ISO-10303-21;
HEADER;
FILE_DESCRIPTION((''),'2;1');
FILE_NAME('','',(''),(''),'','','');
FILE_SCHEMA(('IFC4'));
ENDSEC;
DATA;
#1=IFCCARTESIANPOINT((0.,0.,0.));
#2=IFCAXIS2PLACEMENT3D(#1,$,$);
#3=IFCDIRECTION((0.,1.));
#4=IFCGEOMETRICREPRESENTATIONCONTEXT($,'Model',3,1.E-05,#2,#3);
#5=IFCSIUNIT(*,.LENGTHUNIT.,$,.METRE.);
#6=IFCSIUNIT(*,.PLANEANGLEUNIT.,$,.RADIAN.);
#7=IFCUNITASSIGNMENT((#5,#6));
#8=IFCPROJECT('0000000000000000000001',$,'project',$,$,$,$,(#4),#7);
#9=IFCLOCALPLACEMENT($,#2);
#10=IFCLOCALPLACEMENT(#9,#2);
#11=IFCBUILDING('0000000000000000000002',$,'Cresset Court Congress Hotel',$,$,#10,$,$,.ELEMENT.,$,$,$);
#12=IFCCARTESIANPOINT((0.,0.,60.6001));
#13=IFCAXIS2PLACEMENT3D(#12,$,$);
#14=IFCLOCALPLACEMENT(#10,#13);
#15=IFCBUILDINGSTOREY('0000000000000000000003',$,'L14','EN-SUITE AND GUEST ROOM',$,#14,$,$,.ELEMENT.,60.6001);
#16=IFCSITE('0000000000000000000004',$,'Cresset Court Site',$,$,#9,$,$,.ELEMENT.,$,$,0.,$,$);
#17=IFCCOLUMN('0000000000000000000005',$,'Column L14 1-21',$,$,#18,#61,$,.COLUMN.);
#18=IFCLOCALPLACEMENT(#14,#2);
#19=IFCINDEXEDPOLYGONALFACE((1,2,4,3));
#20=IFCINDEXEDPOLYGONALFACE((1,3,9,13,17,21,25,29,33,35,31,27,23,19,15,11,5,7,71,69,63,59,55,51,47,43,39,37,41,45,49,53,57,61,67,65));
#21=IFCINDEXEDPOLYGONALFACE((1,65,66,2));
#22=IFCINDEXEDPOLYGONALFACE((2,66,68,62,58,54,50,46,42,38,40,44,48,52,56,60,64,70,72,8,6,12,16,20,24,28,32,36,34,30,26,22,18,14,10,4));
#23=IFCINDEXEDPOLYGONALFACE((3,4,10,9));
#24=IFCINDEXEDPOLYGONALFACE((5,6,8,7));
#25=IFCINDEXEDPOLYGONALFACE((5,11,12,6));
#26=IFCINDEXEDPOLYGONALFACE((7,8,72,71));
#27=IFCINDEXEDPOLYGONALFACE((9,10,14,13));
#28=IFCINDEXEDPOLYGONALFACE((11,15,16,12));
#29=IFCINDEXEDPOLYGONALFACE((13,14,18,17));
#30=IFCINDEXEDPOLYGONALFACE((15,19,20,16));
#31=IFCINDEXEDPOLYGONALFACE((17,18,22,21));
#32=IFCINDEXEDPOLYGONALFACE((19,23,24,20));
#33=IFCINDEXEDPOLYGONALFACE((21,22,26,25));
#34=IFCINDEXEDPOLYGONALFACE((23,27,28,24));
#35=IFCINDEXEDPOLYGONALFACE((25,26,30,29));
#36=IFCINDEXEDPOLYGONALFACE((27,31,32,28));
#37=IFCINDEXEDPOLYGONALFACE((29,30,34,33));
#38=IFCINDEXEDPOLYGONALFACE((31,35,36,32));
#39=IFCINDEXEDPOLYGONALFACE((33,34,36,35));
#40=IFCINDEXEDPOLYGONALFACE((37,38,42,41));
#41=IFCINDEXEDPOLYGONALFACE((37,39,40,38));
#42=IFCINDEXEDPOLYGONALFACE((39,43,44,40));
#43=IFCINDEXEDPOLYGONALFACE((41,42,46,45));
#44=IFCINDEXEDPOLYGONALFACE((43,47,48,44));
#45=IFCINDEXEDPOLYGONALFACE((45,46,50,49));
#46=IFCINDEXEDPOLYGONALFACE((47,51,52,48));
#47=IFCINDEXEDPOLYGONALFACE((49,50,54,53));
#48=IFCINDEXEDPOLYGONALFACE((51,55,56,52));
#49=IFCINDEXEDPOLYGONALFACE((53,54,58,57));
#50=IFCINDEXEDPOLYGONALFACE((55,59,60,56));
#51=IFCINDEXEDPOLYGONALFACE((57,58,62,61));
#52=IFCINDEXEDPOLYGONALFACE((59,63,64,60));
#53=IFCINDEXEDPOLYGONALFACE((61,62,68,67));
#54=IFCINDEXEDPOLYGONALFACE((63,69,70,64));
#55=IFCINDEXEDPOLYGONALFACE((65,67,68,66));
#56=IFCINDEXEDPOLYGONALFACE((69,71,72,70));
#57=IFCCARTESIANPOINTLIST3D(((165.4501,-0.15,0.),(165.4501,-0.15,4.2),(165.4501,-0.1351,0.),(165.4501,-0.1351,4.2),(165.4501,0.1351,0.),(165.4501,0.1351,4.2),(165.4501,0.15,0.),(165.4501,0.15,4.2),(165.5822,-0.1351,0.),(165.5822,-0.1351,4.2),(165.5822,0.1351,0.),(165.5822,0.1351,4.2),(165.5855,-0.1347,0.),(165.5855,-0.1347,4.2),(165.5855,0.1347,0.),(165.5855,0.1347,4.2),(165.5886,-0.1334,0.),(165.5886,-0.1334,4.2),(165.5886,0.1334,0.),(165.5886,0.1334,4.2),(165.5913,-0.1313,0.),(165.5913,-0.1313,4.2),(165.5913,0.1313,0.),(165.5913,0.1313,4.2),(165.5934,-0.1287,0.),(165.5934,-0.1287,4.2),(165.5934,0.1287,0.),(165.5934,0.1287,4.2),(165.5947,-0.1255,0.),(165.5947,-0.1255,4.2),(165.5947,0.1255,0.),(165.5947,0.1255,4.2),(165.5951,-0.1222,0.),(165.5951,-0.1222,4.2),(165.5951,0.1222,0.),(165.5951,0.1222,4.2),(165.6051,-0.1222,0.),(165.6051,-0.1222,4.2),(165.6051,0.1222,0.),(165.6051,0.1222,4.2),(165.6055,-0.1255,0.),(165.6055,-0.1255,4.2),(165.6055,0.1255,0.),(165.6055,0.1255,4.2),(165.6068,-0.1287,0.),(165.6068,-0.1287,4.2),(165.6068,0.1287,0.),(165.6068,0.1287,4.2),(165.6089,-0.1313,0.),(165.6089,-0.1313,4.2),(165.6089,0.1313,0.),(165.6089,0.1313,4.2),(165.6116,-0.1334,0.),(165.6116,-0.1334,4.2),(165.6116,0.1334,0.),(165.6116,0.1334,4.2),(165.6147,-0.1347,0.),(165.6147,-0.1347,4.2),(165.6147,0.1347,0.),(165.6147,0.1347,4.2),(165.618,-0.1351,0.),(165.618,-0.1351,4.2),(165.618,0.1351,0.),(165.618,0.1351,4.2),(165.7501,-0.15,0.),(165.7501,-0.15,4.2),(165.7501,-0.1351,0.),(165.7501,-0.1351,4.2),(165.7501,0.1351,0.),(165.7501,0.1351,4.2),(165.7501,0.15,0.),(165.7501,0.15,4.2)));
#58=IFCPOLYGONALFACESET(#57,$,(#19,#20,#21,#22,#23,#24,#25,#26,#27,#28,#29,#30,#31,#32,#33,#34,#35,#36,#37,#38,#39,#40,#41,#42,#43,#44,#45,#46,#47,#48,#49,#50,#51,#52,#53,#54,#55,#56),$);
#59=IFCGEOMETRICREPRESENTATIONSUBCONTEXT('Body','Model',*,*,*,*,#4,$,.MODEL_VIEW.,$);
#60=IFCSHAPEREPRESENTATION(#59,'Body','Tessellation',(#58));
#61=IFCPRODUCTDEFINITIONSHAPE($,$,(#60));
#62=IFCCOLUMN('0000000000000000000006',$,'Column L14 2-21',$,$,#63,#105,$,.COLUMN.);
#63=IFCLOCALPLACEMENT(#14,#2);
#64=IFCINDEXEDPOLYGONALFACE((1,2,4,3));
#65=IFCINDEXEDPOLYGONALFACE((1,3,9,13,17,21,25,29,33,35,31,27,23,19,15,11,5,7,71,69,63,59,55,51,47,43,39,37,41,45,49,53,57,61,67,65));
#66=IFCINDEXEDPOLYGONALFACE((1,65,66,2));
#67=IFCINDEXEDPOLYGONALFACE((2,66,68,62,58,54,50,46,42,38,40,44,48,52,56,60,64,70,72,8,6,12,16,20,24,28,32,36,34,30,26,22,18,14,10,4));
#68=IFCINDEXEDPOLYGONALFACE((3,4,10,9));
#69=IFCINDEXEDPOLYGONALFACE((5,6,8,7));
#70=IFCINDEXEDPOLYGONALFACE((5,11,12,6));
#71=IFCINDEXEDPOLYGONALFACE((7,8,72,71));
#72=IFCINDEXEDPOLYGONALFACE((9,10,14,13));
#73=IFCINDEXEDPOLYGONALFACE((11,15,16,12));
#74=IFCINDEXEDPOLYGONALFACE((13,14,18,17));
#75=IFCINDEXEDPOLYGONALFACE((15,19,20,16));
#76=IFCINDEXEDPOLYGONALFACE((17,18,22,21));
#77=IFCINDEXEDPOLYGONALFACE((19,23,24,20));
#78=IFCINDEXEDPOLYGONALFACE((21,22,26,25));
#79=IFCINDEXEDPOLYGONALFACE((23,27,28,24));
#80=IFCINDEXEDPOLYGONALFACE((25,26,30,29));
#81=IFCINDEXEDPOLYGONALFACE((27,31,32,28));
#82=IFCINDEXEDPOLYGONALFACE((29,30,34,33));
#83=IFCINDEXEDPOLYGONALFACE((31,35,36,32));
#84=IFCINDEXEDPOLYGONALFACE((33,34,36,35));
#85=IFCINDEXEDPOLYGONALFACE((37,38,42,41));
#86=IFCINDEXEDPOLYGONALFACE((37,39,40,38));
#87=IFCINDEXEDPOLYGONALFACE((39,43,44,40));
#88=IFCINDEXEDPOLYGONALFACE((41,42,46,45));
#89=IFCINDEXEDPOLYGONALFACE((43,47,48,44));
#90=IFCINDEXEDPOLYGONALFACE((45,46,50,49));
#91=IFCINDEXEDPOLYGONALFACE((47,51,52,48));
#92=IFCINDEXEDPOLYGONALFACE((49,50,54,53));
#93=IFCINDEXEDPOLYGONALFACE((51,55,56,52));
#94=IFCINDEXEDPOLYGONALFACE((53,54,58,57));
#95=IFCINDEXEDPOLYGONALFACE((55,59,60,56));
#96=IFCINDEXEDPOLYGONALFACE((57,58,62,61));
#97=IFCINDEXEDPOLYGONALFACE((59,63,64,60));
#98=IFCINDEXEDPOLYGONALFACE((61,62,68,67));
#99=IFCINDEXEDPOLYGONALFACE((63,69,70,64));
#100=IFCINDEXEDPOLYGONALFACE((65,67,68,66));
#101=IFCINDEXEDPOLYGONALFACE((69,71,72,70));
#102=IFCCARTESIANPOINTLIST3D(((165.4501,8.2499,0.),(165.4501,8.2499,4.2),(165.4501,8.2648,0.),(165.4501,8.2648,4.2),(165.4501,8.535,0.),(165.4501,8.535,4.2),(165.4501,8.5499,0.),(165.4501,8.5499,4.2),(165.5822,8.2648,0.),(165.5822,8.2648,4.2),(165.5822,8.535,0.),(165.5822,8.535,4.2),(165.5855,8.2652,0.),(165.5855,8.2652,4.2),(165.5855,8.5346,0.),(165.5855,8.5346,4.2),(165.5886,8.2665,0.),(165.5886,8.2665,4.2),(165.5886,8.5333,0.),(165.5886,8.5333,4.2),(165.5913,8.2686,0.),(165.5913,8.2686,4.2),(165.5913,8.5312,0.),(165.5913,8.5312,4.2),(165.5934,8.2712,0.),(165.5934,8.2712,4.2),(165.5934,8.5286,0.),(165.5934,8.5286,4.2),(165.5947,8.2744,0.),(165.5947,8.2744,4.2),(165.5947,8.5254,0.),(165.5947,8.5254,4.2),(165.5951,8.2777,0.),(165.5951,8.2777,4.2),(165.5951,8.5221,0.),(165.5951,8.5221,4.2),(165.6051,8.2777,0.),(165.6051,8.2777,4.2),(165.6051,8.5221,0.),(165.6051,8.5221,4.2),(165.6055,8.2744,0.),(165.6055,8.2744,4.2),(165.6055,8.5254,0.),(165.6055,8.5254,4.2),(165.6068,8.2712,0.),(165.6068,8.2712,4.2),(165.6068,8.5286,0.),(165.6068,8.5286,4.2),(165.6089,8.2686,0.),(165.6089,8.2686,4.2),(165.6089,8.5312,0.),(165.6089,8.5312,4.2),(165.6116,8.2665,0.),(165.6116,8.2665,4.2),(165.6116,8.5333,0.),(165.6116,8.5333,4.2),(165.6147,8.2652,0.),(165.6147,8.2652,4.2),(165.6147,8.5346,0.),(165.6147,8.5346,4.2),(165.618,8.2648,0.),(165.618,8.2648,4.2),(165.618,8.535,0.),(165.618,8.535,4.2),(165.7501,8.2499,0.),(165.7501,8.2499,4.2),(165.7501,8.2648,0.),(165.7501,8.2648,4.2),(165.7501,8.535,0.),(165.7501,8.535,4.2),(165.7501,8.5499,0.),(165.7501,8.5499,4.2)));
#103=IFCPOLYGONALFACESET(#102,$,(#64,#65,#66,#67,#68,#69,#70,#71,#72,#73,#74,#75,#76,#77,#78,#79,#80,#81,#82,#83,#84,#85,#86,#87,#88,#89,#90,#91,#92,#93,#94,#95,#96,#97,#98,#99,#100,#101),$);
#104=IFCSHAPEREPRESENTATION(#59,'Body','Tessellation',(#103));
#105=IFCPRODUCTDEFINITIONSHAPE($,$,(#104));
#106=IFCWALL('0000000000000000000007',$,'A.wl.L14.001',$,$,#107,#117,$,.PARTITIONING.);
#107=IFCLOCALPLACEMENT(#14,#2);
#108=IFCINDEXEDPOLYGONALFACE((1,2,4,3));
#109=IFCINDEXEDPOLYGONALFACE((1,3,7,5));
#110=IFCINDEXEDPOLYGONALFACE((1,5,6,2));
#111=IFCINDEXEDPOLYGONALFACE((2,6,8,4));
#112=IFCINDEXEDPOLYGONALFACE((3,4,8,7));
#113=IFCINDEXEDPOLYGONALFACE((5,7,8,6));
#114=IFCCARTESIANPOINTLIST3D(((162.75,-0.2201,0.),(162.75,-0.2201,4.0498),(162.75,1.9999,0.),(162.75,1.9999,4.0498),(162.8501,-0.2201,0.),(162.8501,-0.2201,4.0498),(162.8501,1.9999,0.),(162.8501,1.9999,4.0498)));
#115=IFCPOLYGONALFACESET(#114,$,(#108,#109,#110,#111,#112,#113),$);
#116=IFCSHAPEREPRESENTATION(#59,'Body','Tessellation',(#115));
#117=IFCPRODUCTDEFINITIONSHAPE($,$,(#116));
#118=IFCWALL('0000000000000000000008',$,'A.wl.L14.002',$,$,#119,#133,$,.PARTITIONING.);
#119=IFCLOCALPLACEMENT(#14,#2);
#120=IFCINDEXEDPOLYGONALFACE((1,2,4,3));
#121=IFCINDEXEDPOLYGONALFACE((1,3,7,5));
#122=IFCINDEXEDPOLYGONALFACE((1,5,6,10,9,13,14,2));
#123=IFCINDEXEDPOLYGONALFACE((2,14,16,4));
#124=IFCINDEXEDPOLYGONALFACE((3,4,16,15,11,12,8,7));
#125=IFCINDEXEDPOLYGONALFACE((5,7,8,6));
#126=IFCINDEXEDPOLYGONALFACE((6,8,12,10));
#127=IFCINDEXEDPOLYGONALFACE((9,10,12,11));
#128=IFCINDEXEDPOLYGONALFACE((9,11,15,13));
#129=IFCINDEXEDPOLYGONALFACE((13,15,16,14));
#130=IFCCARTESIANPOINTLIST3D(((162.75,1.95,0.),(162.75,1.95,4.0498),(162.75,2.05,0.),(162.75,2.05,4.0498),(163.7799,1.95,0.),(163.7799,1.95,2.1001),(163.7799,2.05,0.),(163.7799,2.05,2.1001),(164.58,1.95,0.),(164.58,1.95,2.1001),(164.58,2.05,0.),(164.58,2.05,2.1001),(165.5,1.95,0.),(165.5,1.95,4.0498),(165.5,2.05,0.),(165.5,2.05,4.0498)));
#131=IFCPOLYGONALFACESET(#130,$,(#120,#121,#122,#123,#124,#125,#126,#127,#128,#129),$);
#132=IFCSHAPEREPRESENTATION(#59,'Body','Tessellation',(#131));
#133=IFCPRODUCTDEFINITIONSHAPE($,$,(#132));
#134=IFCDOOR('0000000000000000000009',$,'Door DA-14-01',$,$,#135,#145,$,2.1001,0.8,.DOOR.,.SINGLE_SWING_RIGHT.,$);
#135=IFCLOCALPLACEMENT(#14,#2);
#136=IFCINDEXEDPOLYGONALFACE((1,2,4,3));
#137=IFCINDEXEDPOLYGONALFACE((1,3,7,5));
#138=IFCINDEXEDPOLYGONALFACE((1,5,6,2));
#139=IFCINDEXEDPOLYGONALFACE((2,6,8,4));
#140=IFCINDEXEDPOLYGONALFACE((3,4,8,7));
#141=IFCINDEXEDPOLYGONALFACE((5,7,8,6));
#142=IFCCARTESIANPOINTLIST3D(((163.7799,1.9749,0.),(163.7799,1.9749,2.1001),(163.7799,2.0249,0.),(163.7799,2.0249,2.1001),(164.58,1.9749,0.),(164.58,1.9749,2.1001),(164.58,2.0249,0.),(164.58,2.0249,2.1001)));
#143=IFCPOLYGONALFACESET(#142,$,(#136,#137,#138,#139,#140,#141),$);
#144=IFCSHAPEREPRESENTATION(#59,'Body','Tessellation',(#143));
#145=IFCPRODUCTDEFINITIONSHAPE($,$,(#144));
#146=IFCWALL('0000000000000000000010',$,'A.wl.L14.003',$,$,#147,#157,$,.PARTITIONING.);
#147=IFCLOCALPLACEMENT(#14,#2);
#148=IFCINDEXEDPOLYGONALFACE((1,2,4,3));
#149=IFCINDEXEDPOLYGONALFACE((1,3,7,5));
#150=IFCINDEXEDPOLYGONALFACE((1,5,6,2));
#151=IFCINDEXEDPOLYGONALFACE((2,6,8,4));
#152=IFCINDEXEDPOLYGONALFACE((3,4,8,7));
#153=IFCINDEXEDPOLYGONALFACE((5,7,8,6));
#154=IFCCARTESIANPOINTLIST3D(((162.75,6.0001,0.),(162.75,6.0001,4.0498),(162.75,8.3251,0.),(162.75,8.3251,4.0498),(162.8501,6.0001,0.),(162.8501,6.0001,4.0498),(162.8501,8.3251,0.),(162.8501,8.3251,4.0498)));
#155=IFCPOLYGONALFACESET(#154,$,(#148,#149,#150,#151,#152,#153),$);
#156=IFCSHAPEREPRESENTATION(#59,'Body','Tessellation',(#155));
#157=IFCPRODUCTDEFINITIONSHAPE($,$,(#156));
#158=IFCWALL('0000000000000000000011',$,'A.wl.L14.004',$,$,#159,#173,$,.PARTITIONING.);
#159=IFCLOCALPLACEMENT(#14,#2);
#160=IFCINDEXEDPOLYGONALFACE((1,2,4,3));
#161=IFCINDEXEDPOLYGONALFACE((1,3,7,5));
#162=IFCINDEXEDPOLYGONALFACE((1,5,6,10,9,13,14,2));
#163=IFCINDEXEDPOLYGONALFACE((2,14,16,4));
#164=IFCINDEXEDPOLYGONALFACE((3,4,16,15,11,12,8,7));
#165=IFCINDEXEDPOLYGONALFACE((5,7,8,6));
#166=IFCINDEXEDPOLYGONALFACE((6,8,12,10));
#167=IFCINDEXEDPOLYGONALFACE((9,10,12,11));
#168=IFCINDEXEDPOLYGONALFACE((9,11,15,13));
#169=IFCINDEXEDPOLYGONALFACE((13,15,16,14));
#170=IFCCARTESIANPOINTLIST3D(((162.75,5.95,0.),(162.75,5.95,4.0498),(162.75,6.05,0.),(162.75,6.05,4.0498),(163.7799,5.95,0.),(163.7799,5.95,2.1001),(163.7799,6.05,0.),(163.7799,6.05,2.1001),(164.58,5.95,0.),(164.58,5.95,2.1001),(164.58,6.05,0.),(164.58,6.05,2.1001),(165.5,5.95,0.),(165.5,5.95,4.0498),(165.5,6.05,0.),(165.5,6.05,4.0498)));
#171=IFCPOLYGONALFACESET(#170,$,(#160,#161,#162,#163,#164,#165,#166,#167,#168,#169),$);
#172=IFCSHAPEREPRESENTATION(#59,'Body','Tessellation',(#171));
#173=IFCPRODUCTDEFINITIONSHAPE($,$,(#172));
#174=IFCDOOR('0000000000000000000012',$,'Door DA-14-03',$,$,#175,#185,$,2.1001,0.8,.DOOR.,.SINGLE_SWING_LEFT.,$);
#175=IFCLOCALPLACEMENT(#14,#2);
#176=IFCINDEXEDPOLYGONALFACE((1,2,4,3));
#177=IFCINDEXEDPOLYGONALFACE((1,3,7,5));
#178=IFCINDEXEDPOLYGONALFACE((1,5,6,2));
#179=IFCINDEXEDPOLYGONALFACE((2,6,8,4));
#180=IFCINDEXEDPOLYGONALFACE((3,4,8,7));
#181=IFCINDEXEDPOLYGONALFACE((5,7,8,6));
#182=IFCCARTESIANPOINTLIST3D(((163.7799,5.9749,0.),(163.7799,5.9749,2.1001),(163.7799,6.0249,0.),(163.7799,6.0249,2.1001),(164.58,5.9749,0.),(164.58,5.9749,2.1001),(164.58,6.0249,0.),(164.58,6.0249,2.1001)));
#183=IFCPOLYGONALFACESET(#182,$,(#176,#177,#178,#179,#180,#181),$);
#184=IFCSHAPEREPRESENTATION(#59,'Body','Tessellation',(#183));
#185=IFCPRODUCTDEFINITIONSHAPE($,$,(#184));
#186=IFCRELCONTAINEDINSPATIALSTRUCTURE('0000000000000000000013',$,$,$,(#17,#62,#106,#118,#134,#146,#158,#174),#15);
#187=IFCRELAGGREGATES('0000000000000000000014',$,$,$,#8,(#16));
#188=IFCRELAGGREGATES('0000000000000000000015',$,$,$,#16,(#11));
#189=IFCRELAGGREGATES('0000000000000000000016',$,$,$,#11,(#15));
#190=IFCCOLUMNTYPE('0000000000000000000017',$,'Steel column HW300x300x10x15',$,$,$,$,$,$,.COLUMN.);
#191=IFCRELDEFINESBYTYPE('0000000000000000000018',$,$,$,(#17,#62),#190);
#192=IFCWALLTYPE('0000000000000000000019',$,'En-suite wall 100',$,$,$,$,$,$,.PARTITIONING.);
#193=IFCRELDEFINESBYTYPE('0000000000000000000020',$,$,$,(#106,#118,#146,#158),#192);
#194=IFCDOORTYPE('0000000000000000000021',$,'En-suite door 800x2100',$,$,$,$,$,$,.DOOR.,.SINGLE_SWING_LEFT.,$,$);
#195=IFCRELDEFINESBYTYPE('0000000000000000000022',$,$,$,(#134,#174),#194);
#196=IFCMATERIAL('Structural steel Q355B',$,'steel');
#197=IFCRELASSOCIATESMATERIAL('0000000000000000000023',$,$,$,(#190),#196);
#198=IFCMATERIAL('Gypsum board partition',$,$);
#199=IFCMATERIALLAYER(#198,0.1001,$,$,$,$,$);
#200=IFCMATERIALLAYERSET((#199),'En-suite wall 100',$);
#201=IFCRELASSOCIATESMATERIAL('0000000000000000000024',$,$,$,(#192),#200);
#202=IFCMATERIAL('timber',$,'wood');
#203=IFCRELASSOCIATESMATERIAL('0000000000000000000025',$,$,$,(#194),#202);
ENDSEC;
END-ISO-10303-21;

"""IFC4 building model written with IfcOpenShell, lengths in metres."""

from ifc_helpers import new_model, si_unit, direction, frame, frame_2d, origin, origin_2d, place, context, subcontext, project, spatial, rectangle, i_section, extrude, material, layer, layer_set, material_profile, profile_set, type_object, element, fill, save


model = new_model("IFC4")

# Units and contexts
model_context = context("Model", 3, precision=1e-05, world=origin(), true_north=direction((0.0, 1.0)))
body_context = subcontext(model_context, "Body", "Model", "MODEL_VIEW")
ifc_project = project(units=[si_unit("LENGTHUNIT", "METRE"), si_unit("PLANEANGLEUNIT", "RADIAN")], contexts=[model_context])

# Site, building, storey
site_placement = place(None, origin())
site = spatial("IfcSite", under=ifc_project, at=site_placement, Name="Cresset Court Site", CompositionType="ELEMENT", RefElevation=0.0)
building_placement = place(site_placement, origin())
building = spatial("IfcBuilding", under=site, at=building_placement, Name="Cresset Court Congress Hotel", CompositionType="ELEMENT")
storey_placement = place(building_placement, frame((0.0, 0.0, 60.6001)))
storey = spatial("IfcBuildingStorey", under=building, at=storey_placement, Name="L14", Description="EN-SUITE AND GUEST ROOM", CompositionType="ELEMENT", Elevation=60.6001)

# Columns
ifc_material_1 = material(Name="Structural steel Q355B", Category="steel")
ifc_material_profile = material_profile(ifc_material_1, i_section(OverallWidth=0.3, OverallDepth=0.3, WebThickness=0.01, FlangeThickness=0.0149, FilletRadius=0.0129, at=origin_2d()), Name="HW300x300x10x15")
ifc_profile_set = profile_set([ifc_material_profile], Name="Structural steel Q355B")
column_type = type_object("IfcColumnType", Name="Steel column HW300x300x10x15", PredefinedType="COLUMN", material=ifc_profile_set)
for number, where, z_axis, x_axis, name in (
    (1, (165.6001, 0.0, 0.0), (0.0, 0.0, 1.0), (1.0, 0.0, 0.0), "Column L14 1-21"),
    (2, (165.6001, 8.3999, 0.0), (0.0, 0.0, 1.0), (1.0, 0.0, 0.0), "Column L14 2-21"),
):
    element("IfcColumn", number, at=place(storey_placement, frame(where, z_axis=z_axis, x_axis=x_axis)), inside=storey, type_object=column_type, Name=name, PredefinedType="COLUMN", context=body_context, shape_type="SweptSolid", body=[
        extrude(i_section(OverallWidth=0.3, OverallDepth=0.3, WebThickness=0.01, FlangeThickness=0.0149, FilletRadius=0.0129, at=origin_2d()), origin(), (0.0, 0.0, 1.0), 4.2),
    ])

# Wall
ifc_material_2 = material(Name="Gypsum board partition")
ifc_layer_1 = layer(ifc_material_2, 0.1001)
ifc_layer_set_1 = layer_set([ifc_layer_1], Name="En-suite wall 100")
wall_type_1 = type_object("IfcWallType", Name="En-suite wall 100", PredefinedType="PARTITIONING", material=ifc_layer_set_1)
wall_1_placement = place(storey_placement, frame((162.8, -0.22, 0.0), z_axis=(0.0, 0.0, 1.0), x_axis=(0.0, 1.0, 0.0)))
element("IfcWall", 3, at=wall_1_placement, inside=storey, type_object=wall_type_1, Name="A.wl.L14.001", PredefinedType="PARTITIONING", context=body_context, shape_type="SweptSolid", body=[
    extrude(rectangle(XDim=2.22, YDim=0.1001, at=frame_2d((1.1099, 0.0))), origin(), (0.0, 0.0, 1.0), 4.0498),
])

# Wall, opening, door
wall_2_placement = place(storey_placement, frame((162.75, 2.0, 0.0), z_axis=(0.0, 0.0, 1.0), x_axis=(1.0, 0.0, 0.0)))
wall_2 = element("IfcWall", 4, at=wall_2_placement, inside=storey, type_object=wall_type_1, Name="A.wl.L14.002", PredefinedType="PARTITIONING", context=body_context, shape_type="SweptSolid", body=[
    extrude(rectangle(XDim=2.75, YDim=0.1001, at=frame_2d((1.375, 0.0))), origin(), (0.0, 0.0, 1.0), 4.0498),
])
opening_1_placement = place(wall_2_placement, frame((1.03, 0.0, 0.0)))
opening_1 = element("IfcOpeningElement", 5, at=opening_1_placement, cuts=wall_2, PredefinedType="OPENING", context=body_context, shape_type="SweptSolid", body=[
    extrude(rectangle(XDim=0.8, YDim=2.1001, at=frame_2d((0.3999, 1.05))), frame((0.0, 0.0601, 0.0), z_axis=(0.0, -1.0, 0.0), x_axis=(1.0, 0.0, 0.0)), (0.0, 0.0, 1.0), 0.1201),
])
ifc_material_3 = material(Name="timber", Category="wood")
door_type = type_object("IfcDoorType", Name="En-suite door 800x2100", OperationType="SINGLE_SWING_LEFT", PredefinedType="DOOR", material=ifc_material_3)
door_1_placement = place(opening_1_placement, origin())
door_1 = element("IfcDoor", 6, at=door_1_placement, inside=storey, type_object=door_type, Name="Door DA-14-01", OperationType="SINGLE_SWING_RIGHT", OverallHeight=2.1001, OverallWidth=0.8, PredefinedType="DOOR", context=body_context, shape_type="SweptSolid", body=[
    extrude(rectangle(XDim=0.8, YDim=2.1001, at=frame_2d((0.3999, 1.05))), frame((0.0, 0.0249, 0.0), z_axis=(0.0, -1.0, 0.0), x_axis=(1.0, 0.0, 0.0)), (0.0, 0.0, 1.0), 0.05),
])
fill(opening_1, door_1)

# Wall
wall_3_placement = place(storey_placement, frame((162.8, 6.0, 0.0), z_axis=(0.0, 0.0, 1.0), x_axis=(0.0, 1.0, 0.0)))
element("IfcWall", 7, at=wall_3_placement, inside=storey, type_object=wall_type_1, Name="A.wl.L14.003", PredefinedType="PARTITIONING", context=body_context, shape_type="SweptSolid", body=[
    extrude(rectangle(XDim=2.325, YDim=0.1001, at=frame_2d((1.1626, 0.0))), origin(), (0.0, 0.0, 1.0), 4.0498),
])

# Wall, opening, door
wall_4_placement = place(storey_placement, frame((162.75, 6.0, 0.0), z_axis=(0.0, 0.0, 1.0), x_axis=(1.0, 0.0, 0.0)))
wall_4 = element("IfcWall", 8, at=wall_4_placement, inside=storey, type_object=wall_type_1, Name="A.wl.L14.004", PredefinedType="PARTITIONING", context=body_context, shape_type="SweptSolid", body=[
    extrude(rectangle(XDim=2.75, YDim=0.1001, at=frame_2d((1.375, 0.0))), origin(), (0.0, 0.0, 1.0), 4.0498),
])
opening_2_placement = place(wall_4_placement, frame((1.03, 0.0, 0.0)))
opening_2 = element("IfcOpeningElement", 9, at=opening_2_placement, cuts=wall_4, PredefinedType="OPENING", context=body_context, shape_type="SweptSolid", body=[
    extrude(rectangle(XDim=0.8, YDim=2.1001, at=frame_2d((0.3999, 1.05))), frame((0.0, 0.0601, 0.0), z_axis=(0.0, -1.0, 0.0), x_axis=(1.0, 0.0, 0.0)), (0.0, 0.0, 1.0), 0.1201),
])
door_2_placement = place(opening_2_placement, origin())
door_2 = element("IfcDoor", 10, at=door_2_placement, inside=storey, type_object=door_type, Name="Door DA-14-03", OperationType="SINGLE_SWING_LEFT", OverallHeight=2.1001, OverallWidth=0.8, PredefinedType="DOOR", context=body_context, shape_type="SweptSolid", body=[
    extrude(rectangle(XDim=0.8, YDim=2.1001, at=frame_2d((0.3999, 1.05))), frame((0.0, 0.0249, 0.0), z_axis=(0.0, -1.0, 0.0), x_axis=(1.0, 0.0, 0.0)), (0.0, 0.0, 1.0), 0.05),
])
fill(opening_2, door_2)

save(model, "model.ifc")
